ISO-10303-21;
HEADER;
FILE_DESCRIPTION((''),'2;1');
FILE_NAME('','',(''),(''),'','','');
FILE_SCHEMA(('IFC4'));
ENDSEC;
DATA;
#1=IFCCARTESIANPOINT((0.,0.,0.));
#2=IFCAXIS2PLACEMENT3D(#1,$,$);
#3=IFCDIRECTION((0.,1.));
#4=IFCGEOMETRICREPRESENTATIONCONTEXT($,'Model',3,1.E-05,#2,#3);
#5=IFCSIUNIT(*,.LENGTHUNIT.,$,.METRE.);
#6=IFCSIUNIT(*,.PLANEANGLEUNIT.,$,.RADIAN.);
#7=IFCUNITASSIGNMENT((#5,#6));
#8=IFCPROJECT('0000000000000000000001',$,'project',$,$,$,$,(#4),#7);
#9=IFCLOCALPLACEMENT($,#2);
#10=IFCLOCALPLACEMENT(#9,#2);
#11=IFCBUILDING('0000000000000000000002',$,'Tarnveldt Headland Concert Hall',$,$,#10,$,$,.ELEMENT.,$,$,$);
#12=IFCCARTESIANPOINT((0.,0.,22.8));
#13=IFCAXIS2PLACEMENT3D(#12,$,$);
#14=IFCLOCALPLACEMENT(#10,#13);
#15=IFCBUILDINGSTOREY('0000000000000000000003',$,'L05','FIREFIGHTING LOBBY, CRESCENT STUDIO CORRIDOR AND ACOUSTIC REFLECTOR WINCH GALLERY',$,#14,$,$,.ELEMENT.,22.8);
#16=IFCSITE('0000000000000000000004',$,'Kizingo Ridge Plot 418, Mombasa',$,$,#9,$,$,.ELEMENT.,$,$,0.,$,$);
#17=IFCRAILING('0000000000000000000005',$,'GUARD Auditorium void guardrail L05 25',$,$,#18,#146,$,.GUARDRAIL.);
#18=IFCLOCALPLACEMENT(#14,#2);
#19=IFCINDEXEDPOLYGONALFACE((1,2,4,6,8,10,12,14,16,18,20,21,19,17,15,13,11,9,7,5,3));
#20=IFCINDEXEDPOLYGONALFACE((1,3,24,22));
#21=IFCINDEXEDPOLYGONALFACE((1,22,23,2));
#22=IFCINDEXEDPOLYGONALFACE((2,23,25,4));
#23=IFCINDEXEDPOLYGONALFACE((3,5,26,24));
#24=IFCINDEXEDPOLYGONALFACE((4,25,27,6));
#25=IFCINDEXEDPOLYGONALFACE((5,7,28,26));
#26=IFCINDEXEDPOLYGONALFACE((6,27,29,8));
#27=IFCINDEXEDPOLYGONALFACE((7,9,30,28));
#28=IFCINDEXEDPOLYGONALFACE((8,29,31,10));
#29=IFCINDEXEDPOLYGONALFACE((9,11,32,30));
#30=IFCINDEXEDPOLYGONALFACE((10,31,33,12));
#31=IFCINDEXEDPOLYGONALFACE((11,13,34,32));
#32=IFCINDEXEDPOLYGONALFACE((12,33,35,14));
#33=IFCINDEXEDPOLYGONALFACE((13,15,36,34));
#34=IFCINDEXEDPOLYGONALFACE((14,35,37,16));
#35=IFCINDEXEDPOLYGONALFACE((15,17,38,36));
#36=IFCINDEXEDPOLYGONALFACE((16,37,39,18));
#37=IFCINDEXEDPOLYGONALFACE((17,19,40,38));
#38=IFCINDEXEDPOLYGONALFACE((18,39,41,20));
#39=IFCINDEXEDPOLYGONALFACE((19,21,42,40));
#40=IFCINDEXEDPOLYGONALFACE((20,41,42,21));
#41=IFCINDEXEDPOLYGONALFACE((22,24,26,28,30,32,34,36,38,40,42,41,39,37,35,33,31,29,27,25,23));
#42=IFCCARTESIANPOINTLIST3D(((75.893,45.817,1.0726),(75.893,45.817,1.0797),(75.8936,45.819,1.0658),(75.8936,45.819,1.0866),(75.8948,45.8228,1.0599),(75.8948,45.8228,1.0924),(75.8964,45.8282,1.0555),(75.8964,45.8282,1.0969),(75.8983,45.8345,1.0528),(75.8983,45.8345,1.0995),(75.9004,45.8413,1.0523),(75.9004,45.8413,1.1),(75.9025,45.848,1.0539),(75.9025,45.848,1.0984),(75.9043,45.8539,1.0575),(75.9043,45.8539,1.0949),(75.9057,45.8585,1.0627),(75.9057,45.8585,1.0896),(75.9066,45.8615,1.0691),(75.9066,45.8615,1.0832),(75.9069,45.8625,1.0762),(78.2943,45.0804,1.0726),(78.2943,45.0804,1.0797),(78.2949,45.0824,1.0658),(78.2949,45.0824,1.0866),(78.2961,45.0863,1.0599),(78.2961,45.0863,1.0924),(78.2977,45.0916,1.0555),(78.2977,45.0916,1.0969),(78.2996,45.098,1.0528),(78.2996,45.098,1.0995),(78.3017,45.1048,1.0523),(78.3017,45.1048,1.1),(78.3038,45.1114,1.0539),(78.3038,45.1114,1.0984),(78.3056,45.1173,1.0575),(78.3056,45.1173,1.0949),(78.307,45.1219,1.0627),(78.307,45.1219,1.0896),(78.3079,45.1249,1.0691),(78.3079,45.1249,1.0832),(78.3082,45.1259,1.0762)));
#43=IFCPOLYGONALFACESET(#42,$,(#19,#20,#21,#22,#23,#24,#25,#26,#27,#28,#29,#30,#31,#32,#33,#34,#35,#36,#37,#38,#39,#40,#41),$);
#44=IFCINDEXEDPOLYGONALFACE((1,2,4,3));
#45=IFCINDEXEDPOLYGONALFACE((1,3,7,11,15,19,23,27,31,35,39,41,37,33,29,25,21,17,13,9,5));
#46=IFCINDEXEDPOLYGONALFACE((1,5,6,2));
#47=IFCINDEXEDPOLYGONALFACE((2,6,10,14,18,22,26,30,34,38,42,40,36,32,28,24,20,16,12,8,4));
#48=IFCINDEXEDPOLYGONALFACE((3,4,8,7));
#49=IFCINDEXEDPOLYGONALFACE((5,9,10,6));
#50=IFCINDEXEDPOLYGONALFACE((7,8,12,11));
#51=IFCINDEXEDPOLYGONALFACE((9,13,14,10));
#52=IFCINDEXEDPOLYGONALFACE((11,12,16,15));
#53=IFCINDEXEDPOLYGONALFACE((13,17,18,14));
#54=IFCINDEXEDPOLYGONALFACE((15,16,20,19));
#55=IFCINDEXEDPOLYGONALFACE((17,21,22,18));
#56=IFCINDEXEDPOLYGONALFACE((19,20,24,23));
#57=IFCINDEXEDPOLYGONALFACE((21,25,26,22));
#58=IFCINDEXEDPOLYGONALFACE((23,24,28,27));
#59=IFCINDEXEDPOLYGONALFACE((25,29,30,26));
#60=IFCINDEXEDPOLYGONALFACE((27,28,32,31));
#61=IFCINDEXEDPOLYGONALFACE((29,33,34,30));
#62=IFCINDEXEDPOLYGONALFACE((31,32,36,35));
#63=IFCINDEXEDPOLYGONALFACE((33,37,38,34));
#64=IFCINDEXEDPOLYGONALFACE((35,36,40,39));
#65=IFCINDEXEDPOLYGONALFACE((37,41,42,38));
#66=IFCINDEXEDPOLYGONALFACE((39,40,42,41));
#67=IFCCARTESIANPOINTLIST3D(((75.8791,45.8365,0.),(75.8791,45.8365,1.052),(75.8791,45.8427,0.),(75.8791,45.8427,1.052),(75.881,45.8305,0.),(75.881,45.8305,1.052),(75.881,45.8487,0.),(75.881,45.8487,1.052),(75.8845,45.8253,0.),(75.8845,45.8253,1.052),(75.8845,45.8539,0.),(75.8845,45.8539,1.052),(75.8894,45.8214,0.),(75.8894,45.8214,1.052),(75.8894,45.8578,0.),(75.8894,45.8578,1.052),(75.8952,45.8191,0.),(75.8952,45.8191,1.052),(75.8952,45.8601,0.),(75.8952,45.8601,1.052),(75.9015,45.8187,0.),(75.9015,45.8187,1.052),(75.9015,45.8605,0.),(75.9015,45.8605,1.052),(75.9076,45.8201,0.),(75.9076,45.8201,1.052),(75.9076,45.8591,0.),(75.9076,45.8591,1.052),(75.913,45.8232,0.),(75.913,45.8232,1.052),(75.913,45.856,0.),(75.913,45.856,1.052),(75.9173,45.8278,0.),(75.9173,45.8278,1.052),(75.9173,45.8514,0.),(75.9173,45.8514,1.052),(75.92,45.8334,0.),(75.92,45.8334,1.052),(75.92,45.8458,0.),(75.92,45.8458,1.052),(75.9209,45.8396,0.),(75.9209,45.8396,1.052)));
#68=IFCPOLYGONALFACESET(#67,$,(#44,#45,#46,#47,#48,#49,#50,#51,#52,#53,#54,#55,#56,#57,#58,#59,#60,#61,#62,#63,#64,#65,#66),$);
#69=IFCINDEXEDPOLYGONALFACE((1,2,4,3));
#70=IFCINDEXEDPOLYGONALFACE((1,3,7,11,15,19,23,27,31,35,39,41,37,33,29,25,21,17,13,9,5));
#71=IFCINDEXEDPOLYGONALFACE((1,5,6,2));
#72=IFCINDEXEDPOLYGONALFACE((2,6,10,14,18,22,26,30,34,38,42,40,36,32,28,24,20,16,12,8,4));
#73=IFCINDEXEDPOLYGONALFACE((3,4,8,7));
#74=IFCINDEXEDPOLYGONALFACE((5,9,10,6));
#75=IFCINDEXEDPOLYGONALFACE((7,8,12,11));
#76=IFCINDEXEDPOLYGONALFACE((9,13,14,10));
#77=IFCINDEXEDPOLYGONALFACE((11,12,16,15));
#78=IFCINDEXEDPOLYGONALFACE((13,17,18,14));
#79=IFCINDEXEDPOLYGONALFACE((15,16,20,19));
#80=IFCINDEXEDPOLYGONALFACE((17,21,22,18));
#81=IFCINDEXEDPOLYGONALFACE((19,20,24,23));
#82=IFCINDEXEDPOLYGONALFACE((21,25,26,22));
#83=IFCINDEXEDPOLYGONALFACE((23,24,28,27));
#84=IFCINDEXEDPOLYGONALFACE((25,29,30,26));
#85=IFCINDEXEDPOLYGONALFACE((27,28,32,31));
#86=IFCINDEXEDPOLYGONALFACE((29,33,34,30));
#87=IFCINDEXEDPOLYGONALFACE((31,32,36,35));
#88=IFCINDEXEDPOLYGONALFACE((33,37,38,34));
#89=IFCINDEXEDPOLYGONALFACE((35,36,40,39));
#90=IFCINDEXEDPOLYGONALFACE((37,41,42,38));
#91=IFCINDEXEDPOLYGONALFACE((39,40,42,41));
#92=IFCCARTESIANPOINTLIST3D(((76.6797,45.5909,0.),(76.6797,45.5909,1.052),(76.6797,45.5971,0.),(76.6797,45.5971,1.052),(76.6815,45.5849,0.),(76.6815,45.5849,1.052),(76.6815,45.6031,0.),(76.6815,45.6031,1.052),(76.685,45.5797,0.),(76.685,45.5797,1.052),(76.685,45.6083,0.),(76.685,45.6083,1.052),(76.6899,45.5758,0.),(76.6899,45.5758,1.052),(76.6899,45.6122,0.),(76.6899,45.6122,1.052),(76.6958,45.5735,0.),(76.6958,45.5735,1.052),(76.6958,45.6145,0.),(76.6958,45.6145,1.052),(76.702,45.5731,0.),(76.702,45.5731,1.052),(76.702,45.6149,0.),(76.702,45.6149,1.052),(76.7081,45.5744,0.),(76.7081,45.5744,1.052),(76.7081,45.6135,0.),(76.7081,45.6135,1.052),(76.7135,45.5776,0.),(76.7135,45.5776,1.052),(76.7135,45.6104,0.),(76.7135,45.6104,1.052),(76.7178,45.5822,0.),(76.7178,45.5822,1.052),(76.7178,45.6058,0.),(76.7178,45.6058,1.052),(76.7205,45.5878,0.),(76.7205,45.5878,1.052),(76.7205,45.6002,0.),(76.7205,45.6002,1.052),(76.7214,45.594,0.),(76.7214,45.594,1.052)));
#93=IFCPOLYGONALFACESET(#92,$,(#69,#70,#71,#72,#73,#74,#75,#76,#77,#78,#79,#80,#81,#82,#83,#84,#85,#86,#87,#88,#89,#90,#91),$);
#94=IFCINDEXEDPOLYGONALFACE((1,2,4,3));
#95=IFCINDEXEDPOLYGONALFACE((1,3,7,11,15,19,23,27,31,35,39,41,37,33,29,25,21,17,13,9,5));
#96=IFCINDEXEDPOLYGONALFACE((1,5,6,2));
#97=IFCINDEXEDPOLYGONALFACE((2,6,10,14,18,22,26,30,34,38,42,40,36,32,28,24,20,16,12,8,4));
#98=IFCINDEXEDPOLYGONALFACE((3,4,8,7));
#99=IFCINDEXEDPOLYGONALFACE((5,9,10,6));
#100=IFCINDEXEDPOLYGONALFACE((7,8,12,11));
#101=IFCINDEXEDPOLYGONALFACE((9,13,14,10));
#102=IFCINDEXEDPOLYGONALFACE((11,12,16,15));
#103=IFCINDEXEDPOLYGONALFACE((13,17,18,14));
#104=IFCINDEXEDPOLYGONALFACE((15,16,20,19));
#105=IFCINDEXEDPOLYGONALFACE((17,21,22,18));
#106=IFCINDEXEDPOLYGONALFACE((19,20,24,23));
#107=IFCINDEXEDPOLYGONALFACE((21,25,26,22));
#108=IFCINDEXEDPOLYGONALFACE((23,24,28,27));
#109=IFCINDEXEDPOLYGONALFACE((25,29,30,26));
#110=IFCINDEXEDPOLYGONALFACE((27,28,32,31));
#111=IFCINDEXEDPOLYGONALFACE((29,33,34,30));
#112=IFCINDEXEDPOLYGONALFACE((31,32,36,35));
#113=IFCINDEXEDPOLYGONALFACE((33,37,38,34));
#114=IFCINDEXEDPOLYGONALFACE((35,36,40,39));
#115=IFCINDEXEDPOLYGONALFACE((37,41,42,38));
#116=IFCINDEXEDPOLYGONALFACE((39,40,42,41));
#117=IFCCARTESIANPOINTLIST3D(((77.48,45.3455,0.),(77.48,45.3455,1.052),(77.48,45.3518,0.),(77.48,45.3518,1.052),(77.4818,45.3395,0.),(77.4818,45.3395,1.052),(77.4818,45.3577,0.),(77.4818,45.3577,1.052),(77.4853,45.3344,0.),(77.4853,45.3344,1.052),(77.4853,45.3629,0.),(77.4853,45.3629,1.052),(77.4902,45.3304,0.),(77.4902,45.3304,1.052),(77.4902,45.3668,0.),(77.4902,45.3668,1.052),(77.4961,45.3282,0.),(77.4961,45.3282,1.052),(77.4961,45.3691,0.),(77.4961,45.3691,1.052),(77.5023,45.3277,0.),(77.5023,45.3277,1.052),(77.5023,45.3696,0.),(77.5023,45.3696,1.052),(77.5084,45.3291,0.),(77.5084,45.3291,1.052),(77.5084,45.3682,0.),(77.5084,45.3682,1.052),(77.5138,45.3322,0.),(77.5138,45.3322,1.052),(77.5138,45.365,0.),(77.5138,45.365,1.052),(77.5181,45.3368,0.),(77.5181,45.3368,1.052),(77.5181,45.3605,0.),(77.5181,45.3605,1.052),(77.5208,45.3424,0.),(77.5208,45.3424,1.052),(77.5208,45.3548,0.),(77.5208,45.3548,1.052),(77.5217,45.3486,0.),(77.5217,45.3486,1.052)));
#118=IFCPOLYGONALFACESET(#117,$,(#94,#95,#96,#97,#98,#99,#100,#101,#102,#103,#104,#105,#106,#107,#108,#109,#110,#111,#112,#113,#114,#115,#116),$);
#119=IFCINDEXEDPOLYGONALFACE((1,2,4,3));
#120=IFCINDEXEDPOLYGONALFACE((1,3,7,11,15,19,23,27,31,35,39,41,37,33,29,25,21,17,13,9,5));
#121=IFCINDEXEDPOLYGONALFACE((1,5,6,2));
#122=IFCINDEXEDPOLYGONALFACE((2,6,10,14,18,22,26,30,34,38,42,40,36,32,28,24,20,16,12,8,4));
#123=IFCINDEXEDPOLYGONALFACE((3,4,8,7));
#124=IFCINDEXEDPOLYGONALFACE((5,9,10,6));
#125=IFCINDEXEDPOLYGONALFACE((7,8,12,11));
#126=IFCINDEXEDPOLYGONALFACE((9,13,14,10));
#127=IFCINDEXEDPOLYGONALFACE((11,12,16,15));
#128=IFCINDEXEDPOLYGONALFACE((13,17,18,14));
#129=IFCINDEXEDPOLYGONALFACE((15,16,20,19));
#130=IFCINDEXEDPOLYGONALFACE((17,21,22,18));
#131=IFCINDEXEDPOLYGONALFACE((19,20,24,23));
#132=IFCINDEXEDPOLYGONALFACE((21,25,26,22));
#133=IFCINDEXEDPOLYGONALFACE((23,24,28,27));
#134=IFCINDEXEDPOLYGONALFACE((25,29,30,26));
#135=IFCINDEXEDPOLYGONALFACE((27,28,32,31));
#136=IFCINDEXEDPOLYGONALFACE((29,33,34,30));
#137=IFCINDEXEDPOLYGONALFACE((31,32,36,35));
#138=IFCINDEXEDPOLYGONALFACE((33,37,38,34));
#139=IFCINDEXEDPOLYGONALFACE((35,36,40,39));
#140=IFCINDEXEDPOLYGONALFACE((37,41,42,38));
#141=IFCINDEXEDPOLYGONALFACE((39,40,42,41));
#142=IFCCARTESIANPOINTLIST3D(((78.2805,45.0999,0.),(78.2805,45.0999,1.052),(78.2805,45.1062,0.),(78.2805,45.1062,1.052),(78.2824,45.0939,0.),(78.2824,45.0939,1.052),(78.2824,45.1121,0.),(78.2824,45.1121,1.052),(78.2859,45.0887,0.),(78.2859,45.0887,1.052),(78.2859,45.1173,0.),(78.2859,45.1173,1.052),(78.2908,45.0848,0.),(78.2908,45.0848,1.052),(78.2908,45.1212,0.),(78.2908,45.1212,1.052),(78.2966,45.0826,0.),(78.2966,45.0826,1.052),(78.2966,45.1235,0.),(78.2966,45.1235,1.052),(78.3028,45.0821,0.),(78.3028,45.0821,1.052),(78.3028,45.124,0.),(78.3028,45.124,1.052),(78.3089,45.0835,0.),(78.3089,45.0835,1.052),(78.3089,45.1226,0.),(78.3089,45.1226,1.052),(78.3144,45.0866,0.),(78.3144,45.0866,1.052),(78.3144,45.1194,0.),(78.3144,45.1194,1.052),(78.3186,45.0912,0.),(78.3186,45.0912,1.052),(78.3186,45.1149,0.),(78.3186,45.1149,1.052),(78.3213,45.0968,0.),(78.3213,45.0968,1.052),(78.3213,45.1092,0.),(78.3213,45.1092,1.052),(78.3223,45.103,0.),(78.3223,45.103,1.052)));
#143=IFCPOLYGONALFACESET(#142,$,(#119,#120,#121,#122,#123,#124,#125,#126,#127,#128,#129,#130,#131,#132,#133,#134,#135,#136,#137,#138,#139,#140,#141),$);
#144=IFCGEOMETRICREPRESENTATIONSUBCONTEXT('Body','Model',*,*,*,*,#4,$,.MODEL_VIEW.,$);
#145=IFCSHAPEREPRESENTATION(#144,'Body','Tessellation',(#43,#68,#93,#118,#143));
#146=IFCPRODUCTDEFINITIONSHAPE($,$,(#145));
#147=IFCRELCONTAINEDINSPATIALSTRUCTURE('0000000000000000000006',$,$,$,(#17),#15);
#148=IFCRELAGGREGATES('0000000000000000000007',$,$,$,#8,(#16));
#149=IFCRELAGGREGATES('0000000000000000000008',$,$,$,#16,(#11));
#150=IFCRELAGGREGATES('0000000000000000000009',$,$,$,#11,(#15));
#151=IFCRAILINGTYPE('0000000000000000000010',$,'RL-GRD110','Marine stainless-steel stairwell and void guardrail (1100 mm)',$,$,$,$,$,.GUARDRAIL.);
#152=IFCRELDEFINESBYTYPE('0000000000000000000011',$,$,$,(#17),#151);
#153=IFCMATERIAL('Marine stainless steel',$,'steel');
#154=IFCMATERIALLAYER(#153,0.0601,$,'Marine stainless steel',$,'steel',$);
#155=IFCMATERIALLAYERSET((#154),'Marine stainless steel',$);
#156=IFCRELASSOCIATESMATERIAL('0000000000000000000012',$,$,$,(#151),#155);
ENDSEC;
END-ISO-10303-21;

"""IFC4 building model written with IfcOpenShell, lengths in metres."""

from ifc_helpers import new_model, si_unit, direction, frame, origin, origin_2d, place, context, subcontext, project, spatial, circle, extrude, material, layer, layer_set, type_object, element, save


model = new_model("IFC4")

# Units and contexts
model_context = context("Model", 3, precision=1e-05, world=origin(), true_north=direction((0.0, 1.0)))
body_context = subcontext(model_context, "Body", "Model", "MODEL_VIEW")
ifc_project = project(units=[si_unit("LENGTHUNIT", "METRE"), si_unit("PLANEANGLEUNIT", "RADIAN")], contexts=[model_context])

# Site, building, storey
site_placement = place(None, origin())
site = spatial("IfcSite", under=ifc_project, at=site_placement, Name="Kizingo Ridge Plot 418, Mombasa", CompositionType="ELEMENT", RefElevation=0.0)
building_placement = place(site_placement, origin())
building = spatial("IfcBuilding", under=site, at=building_placement, Name="Tarnveldt Headland Concert Hall", CompositionType="ELEMENT")
storey_placement = place(building_placement, frame((0.0, 0.0, 22.8)))
storey = spatial("IfcBuildingStorey", under=building, at=storey_placement, Name="L05", Description="FIREFIGHTING LOBBY, CRESCENT STUDIO CORRIDOR AND ACOUSTIC REFLECTOR WINCH GALLERY", CompositionType="ELEMENT", Elevation=22.8)

# Railing
ifc_material_1 = material(Name="Marine stainless steel", Category="steel")
ifc_layer_1 = layer(ifc_material_1, 0.0601, Name="Marine stainless steel", Category="steel")
ifc_layer_set_1 = layer_set([ifc_layer_1], Name="Marine stainless steel")
railing_type = type_object("IfcRailingType", Name="RL-GRD110", Description="Marine stainless-steel stairwell and void guardrail (1100 mm)", PredefinedType="GUARDRAIL", material=ifc_layer_set_1)
railing_1_placement = place(storey_placement, frame((75.8999, 45.8396, 0.0)))
element("IfcRailing", 1, at=railing_1_placement, inside=storey, type_object=railing_type, Name="GUARD Auditorium void guardrail L05 25", PredefinedType="GUARDRAIL", context=body_context, shape_type="SweptSolid", body=[
    extrude(circle(Radius=0.0239, at=origin_2d()), frame((0.0, 0.0, 1.0762), z_axis=(0.956037, -0.293246, 0.0), x_axis=(0.293246, 0.956037, 0.0)), (0.0, 0.0, 1.0), 2.5117),
    extrude(circle(Radius=0.021, at=origin_2d()), origin(), (0.0, 0.0, 1.0), 1.052),
    extrude(circle(Radius=0.021, at=origin_2d()), frame((0.8005, -0.2456, 0.0)), (0.0, 0.0, 1.0), 1.052),
    extrude(circle(Radius=0.021, at=origin_2d()), frame((1.6008, -0.491, 0.0)), (0.0, 0.0, 1.0), 1.052),
    extrude(circle(Radius=0.021, at=origin_2d()), frame((2.4014, -0.7366, 0.0)), (0.0, 0.0, 1.0), 1.052),
])

save(model, "model.ifc")
